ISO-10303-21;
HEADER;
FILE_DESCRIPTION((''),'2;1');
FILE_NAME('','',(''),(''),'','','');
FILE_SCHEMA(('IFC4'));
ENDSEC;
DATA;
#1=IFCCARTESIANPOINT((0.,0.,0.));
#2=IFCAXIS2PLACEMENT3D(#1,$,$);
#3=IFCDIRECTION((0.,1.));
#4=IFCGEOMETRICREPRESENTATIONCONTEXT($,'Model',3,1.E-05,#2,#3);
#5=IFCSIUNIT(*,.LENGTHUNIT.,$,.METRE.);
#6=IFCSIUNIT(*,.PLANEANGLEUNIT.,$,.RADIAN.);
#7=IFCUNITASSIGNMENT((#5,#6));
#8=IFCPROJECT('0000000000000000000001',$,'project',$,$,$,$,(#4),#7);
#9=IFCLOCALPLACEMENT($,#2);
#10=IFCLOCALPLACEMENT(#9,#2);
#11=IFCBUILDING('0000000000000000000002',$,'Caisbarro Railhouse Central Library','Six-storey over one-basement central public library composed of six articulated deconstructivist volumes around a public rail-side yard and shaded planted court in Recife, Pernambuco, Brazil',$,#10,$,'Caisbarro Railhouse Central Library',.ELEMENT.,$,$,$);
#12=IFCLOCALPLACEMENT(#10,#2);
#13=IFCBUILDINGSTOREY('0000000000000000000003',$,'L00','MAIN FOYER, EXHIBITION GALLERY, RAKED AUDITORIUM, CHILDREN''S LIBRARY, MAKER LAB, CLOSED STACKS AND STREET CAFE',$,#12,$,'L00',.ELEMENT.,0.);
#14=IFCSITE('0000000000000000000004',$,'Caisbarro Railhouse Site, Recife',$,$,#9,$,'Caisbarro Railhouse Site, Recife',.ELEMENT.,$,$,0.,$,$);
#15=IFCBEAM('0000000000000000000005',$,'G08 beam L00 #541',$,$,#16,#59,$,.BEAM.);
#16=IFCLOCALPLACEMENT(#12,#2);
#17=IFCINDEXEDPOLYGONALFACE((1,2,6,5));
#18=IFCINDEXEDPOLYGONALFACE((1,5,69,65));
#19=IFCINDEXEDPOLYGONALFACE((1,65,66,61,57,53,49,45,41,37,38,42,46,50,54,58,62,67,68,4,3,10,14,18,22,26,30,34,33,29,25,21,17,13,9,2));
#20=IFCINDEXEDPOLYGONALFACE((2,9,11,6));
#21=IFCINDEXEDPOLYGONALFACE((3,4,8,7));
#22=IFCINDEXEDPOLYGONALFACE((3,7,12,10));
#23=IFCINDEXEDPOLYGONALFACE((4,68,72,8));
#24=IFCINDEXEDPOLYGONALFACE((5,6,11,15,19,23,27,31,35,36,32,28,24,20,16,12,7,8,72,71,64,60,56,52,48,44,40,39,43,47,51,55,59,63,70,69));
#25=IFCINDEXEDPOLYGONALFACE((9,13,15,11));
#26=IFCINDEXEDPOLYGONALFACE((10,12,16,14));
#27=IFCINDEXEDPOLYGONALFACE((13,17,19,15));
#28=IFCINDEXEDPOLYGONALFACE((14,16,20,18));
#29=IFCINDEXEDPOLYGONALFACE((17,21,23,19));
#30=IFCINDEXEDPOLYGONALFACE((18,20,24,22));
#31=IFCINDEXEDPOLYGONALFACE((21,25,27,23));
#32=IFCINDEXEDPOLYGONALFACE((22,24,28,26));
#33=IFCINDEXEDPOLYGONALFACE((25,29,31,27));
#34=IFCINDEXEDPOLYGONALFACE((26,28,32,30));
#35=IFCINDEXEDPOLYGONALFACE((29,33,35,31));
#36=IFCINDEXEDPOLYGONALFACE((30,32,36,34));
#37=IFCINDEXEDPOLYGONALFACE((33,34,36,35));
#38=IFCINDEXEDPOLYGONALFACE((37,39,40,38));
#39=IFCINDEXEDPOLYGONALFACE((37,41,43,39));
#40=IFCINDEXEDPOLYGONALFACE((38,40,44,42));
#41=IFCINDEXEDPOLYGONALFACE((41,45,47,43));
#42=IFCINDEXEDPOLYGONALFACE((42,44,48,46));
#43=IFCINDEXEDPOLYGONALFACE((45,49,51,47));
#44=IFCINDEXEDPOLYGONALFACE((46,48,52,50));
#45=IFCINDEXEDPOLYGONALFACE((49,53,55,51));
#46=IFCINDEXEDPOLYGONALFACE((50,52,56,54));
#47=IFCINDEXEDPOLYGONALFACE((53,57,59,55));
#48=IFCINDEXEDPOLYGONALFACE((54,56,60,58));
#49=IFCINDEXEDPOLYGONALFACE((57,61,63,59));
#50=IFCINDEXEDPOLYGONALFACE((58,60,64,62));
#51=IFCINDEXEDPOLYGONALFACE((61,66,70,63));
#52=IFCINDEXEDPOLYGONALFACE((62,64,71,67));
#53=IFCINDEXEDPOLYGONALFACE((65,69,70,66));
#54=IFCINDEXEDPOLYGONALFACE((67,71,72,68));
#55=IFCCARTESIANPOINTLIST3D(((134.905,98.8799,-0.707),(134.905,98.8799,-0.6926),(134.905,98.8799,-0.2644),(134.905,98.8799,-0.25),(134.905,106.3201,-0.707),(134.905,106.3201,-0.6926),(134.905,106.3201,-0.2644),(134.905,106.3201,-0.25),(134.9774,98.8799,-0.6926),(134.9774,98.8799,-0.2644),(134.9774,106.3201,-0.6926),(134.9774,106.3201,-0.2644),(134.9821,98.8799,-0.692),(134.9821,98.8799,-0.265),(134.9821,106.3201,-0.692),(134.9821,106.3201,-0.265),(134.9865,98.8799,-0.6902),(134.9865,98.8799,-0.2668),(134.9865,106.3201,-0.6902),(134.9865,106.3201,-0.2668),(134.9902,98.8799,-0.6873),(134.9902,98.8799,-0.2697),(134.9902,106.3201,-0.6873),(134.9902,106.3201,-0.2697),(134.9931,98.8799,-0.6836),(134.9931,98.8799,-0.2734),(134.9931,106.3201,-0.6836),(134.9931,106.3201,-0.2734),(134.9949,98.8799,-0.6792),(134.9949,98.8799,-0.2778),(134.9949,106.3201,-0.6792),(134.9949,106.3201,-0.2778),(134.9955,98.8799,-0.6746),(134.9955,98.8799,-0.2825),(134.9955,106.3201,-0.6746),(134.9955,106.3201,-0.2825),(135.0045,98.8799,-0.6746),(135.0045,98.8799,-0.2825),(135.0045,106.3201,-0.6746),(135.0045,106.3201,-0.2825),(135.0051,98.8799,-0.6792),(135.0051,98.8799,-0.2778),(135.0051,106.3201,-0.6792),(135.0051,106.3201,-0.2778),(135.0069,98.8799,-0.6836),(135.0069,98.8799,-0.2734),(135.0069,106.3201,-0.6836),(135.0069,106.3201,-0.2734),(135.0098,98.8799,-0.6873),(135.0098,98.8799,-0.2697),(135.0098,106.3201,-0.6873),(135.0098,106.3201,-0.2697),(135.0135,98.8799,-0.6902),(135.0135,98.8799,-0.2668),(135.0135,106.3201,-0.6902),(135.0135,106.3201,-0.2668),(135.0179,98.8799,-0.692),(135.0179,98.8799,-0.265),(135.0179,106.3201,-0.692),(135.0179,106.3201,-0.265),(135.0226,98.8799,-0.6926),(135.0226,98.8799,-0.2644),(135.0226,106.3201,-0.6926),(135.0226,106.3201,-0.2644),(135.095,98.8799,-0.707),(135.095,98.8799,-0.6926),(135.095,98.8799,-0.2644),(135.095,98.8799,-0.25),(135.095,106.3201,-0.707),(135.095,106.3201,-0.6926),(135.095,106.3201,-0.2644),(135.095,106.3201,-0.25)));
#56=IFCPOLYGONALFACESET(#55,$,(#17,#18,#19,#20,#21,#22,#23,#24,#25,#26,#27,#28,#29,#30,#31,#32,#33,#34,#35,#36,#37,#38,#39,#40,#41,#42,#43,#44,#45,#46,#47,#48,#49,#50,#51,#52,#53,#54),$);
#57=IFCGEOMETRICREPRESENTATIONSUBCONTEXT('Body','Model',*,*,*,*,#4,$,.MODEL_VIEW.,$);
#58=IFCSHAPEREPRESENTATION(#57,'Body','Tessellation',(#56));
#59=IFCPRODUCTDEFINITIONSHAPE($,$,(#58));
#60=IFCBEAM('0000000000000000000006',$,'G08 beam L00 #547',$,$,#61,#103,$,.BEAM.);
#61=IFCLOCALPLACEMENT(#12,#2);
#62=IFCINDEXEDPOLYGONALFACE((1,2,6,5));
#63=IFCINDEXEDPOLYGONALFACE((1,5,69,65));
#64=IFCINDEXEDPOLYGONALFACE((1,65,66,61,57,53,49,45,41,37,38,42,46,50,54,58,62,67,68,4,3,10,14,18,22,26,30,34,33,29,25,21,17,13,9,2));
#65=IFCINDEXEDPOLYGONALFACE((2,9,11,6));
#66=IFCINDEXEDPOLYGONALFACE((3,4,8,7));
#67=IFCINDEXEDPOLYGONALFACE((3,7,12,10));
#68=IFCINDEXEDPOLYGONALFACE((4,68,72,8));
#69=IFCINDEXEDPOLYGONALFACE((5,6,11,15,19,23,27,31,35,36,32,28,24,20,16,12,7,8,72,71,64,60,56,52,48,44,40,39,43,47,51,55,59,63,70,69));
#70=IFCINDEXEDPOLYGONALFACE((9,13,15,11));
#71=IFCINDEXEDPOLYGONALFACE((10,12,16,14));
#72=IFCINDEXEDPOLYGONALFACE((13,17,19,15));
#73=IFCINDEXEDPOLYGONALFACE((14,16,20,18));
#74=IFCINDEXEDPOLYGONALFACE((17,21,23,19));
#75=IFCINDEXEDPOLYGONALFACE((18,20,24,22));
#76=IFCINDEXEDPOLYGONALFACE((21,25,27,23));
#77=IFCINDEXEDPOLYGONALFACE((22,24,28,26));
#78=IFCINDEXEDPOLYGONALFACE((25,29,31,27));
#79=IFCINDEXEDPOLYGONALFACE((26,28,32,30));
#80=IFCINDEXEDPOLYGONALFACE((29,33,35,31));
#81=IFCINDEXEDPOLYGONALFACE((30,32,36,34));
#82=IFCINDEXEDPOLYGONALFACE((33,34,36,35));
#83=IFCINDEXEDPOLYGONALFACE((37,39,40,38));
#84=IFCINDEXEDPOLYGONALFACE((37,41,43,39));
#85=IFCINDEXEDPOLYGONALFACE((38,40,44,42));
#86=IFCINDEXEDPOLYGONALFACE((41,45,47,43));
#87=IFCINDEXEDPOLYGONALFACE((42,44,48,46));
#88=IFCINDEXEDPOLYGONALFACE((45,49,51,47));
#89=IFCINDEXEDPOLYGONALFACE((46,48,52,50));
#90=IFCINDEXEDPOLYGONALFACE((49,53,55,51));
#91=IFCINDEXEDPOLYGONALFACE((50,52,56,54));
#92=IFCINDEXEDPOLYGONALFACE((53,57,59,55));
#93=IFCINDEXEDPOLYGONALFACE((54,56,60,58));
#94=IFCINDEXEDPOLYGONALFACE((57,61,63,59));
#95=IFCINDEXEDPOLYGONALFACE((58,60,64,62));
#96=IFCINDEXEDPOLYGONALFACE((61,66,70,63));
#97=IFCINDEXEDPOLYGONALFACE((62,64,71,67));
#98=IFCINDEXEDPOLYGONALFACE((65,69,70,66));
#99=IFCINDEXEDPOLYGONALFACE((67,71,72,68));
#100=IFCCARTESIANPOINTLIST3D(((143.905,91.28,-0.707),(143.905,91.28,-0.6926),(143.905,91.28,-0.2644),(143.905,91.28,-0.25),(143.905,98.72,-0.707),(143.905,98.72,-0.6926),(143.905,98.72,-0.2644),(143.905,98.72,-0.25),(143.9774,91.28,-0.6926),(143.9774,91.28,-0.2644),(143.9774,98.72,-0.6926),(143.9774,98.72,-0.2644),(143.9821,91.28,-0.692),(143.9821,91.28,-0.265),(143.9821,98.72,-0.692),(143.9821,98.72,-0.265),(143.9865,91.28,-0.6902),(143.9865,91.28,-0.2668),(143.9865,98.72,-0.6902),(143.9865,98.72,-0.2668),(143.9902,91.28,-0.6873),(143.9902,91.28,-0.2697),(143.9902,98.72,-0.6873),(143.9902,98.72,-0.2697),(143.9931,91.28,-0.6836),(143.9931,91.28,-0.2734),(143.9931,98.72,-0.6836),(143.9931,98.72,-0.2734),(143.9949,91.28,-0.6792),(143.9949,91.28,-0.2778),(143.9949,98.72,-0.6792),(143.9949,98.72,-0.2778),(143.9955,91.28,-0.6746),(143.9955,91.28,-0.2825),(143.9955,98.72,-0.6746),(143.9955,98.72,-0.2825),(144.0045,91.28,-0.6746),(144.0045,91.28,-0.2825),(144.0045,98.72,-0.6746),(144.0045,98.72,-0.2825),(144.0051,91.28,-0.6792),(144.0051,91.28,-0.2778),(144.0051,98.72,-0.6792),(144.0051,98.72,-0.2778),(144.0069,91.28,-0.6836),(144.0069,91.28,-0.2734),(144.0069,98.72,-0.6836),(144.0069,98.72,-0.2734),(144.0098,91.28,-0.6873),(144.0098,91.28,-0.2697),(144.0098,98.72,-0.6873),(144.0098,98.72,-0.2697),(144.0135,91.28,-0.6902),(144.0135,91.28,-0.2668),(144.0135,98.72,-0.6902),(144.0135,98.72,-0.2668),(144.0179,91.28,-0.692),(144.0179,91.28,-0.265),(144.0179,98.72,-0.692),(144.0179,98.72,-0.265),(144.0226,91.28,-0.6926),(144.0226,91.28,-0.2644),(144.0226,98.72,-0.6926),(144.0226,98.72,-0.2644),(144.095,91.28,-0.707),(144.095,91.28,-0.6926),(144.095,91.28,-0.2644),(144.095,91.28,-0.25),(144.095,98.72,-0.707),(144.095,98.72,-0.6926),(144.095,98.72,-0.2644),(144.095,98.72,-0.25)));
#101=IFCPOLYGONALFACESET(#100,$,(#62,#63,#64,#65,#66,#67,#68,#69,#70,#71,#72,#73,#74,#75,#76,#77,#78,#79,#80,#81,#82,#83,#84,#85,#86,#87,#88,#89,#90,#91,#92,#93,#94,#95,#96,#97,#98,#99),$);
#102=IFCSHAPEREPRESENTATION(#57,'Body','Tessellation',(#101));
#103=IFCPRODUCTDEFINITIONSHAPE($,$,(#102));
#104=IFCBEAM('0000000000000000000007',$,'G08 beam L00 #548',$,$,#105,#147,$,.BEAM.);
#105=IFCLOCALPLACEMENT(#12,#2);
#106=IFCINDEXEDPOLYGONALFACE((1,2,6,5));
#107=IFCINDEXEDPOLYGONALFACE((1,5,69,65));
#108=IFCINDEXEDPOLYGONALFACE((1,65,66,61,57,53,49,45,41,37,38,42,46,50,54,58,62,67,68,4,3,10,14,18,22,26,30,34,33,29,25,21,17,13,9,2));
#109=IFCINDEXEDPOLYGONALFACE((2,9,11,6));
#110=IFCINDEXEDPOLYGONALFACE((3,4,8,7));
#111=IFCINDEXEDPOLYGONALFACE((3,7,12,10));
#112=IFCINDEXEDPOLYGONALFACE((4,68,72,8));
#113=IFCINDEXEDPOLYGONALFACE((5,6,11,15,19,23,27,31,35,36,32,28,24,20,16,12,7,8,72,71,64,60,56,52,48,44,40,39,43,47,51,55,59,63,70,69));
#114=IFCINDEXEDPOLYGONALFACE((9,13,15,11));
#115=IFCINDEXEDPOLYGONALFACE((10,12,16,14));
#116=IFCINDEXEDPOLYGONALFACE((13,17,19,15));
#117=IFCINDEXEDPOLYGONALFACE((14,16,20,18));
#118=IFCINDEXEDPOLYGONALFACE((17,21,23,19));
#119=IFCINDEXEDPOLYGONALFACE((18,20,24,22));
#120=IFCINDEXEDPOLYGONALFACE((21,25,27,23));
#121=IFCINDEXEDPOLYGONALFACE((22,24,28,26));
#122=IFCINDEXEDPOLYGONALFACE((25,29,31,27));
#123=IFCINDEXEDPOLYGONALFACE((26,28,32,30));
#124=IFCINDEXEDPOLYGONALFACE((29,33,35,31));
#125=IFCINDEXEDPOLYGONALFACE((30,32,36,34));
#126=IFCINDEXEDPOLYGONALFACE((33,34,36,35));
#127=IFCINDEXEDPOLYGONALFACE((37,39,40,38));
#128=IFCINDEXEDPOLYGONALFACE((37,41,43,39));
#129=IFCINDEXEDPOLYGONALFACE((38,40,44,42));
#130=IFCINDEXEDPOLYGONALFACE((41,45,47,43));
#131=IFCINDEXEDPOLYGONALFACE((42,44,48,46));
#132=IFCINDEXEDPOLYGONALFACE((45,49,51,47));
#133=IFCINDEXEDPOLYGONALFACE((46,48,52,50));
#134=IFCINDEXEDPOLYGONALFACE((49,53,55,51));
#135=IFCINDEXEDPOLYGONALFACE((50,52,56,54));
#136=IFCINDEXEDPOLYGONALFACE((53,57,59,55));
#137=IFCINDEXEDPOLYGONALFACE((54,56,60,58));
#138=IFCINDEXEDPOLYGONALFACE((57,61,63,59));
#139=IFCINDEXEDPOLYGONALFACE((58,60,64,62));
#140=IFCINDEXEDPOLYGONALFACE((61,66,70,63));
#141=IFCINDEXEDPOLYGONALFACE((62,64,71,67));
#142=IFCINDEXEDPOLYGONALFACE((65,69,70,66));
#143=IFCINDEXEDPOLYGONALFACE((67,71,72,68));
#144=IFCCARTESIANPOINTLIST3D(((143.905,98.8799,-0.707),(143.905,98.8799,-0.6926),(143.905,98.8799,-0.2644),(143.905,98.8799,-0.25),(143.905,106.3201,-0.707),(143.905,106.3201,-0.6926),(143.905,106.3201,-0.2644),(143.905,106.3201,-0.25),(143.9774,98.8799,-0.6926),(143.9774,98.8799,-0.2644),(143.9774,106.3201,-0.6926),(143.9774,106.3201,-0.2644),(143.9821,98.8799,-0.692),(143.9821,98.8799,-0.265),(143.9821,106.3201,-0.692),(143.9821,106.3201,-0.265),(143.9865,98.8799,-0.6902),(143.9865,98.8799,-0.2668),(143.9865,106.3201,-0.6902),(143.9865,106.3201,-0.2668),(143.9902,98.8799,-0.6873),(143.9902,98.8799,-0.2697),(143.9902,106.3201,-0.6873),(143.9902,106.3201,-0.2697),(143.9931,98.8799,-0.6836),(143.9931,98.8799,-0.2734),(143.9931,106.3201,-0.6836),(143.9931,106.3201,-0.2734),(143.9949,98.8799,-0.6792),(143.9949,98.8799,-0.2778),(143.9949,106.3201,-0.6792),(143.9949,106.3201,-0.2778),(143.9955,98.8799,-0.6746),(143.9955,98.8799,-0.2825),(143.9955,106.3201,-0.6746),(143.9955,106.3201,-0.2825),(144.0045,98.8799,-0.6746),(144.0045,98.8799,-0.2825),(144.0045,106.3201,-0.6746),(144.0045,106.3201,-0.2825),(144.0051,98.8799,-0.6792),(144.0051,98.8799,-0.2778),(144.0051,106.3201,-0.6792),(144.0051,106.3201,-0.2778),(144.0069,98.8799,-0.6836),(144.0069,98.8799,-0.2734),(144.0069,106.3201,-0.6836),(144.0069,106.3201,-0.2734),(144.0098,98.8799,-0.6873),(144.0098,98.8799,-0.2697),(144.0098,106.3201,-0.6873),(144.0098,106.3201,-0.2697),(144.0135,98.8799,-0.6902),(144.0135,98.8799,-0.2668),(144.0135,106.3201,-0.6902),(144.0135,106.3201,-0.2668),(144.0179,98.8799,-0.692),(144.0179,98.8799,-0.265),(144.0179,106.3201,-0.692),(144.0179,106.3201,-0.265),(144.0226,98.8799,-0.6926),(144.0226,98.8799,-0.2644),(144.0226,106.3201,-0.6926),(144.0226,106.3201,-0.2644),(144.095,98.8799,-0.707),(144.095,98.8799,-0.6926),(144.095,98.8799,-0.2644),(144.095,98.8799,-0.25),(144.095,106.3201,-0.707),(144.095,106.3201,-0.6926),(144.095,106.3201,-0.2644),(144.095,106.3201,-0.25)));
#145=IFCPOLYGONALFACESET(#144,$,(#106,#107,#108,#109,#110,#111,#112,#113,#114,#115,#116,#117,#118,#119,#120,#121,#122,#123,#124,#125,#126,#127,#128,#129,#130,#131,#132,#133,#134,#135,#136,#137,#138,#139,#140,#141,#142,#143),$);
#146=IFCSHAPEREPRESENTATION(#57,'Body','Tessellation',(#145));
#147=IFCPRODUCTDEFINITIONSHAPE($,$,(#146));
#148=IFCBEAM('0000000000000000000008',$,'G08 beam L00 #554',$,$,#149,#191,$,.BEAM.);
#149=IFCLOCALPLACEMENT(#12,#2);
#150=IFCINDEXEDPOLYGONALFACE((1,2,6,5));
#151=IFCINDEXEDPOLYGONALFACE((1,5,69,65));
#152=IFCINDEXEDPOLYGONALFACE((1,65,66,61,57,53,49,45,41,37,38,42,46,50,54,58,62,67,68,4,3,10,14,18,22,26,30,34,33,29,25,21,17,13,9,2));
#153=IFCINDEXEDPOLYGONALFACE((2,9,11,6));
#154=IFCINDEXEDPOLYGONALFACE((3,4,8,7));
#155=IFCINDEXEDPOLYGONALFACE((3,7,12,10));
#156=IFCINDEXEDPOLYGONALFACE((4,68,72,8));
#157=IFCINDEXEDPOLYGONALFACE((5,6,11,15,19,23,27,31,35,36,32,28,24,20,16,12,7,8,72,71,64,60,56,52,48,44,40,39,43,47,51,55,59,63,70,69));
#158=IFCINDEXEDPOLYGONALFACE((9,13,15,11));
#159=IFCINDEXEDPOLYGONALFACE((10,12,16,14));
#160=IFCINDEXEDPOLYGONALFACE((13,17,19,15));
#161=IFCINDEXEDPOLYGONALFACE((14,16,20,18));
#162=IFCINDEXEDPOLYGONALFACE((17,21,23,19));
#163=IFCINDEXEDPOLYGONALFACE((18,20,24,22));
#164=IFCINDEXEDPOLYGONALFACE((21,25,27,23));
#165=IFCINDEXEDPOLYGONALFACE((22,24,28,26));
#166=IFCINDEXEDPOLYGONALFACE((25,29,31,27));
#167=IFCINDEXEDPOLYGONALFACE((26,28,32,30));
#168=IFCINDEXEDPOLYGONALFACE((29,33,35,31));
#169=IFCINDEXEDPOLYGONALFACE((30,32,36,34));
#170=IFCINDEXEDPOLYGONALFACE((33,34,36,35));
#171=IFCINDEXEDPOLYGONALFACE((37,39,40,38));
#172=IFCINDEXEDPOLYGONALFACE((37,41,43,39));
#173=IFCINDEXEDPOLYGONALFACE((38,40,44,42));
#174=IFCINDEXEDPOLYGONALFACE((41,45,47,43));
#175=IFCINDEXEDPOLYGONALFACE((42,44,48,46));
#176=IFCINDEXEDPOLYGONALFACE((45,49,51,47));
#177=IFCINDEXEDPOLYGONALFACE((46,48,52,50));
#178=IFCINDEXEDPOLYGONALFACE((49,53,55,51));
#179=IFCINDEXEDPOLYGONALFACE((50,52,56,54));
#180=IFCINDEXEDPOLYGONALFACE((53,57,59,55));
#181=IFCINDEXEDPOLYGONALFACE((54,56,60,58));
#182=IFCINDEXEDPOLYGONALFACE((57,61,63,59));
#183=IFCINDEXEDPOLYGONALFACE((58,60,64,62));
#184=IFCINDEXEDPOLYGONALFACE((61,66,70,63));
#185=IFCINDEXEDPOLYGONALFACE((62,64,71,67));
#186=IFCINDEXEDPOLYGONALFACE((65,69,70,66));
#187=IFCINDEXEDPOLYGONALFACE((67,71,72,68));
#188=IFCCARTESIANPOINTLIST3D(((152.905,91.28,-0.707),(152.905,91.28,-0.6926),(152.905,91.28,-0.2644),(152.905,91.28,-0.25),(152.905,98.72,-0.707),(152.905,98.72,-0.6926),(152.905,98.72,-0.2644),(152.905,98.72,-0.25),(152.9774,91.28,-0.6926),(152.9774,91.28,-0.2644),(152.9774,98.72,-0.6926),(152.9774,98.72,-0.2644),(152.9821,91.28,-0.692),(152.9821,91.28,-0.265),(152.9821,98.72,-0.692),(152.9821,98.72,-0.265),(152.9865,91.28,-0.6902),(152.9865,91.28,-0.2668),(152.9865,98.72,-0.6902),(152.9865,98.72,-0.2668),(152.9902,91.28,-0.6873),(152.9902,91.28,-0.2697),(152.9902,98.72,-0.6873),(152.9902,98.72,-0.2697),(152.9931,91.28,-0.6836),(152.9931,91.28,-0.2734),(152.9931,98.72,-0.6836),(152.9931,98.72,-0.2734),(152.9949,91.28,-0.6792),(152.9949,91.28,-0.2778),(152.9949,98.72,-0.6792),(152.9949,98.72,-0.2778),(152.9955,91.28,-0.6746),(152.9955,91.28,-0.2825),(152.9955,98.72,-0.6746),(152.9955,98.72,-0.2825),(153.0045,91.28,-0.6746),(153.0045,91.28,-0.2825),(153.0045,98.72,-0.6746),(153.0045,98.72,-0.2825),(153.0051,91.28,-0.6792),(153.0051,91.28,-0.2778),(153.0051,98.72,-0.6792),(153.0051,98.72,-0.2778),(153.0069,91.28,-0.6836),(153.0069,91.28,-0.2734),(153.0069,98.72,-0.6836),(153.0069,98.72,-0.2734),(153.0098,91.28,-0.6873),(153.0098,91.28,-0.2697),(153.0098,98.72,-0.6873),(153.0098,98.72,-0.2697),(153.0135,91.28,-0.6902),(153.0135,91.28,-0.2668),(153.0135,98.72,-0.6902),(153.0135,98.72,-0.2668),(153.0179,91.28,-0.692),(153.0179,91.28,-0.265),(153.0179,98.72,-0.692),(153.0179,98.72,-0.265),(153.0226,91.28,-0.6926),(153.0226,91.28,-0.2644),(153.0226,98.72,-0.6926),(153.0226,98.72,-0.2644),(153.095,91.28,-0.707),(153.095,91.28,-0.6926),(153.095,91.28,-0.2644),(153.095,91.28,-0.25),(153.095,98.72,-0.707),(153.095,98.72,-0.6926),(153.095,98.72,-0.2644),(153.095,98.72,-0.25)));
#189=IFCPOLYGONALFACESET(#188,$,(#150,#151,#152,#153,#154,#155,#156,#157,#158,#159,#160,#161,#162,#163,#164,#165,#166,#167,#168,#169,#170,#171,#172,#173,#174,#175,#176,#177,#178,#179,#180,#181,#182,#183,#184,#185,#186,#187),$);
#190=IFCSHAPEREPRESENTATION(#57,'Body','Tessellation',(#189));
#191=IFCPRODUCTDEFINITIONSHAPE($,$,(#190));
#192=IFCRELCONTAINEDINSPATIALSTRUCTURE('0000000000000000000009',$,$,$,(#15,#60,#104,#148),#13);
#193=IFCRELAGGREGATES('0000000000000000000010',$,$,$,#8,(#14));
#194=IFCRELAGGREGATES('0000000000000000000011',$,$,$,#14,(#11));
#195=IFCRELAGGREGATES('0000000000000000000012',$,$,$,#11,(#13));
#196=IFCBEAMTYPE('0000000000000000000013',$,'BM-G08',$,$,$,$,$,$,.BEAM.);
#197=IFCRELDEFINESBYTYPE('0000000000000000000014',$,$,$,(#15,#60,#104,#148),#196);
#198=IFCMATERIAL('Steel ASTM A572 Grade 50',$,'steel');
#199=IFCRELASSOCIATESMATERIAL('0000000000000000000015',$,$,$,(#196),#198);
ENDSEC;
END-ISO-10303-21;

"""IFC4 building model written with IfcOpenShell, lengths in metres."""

from ifc_helpers import new_model, si_unit, direction, frame, origin, origin_2d, place, context, subcontext, project, spatial, i_section, extrude, material, material_profile, profile_set, type_object, element, save


model = new_model("IFC4")

# Units and contexts
model_context = context("Model", 3, precision=1e-05, world=origin(), true_north=direction((0.0, 1.0)))
body_context = subcontext(model_context, "Body", "Model", "MODEL_VIEW")
ifc_project = project(units=[si_unit("LENGTHUNIT", "METRE"), si_unit("PLANEANGLEUNIT", "RADIAN")], contexts=[model_context])

# Site, building, storey
site_placement = place(None, origin())
site = spatial("IfcSite", under=ifc_project, at=site_placement, Name="Caisbarro Railhouse Site, Recife", LongName="Caisbarro Railhouse Site, Recife", CompositionType="ELEMENT", RefElevation=0.0)
building_placement = place(site_placement, origin())
building = spatial("IfcBuilding", under=site, at=building_placement, Name="Caisbarro Railhouse Central Library", Description="Six-storey over one-basement central public library composed of six articulated deconstructivist volumes around a public rail-side yard and shaded planted court in Recife, Pernambuco, Brazil", LongName="Caisbarro Railhouse Central Library", CompositionType="ELEMENT")
storey_placement = place(building_placement, origin())
storey = spatial("IfcBuildingStorey", under=building, at=storey_placement, Name="L00", Description="MAIN FOYER, EXHIBITION GALLERY, RAKED AUDITORIUM, CHILDREN'S LIBRARY, MAKER LAB, CLOSED STACKS AND STREET CAFE", LongName="L00", CompositionType="ELEMENT", Elevation=0.0)

# Shared definitions
ifc_material_1 = material(Name="Steel ASTM A572 Grade 50", Category="steel")

# Beams
ifc_material_profile_1 = material_profile(ifc_material_1, i_section(OverallWidth=0.1899, OverallDepth=0.457, WebThickness=0.009, FlangeThickness=0.0144, FilletRadius=0.0181, at=origin_2d()), Name="W460X74.0")
ifc_profile_set_1 = profile_set([ifc_material_profile_1], Name="Steel ASTM A572 Grade 50")
beam_type_1 = type_object("IfcBeamType", Name="BM-G08", PredefinedType="BEAM", material=ifc_profile_set_1)
beam_1_placement = place(storey_placement, frame((135.0, 98.8799, -0.4785), z_axis=(0.0, 1.0, 0.0), x_axis=(-1.0, 0.0, 0.0)))
element("IfcBeam", 1, at=beam_1_placement, inside=storey, type_object=beam_type_1, Name="G08 beam L00 #541", PredefinedType="BEAM", context=body_context, shape_type="SweptSolid", body=[
    extrude(i_section(OverallWidth=0.1899, OverallDepth=0.457, WebThickness=0.009, FlangeThickness=0.0144, FilletRadius=0.0181, at=origin_2d()), origin(), (0.0, 0.0, 1.0), 7.4402),
])
beam_2_placement = place(storey_placement, frame((144.0, 91.28, -0.4785), z_axis=(0.0, 1.0, 0.0), x_axis=(-1.0, 0.0, 0.0)))
element("IfcBeam", 2, at=beam_2_placement, inside=storey, type_object=beam_type_1, Name="G08 beam L00 #547", PredefinedType="BEAM", context=body_context, shape_type="SweptSolid", body=[
    extrude(i_section(OverallWidth=0.1899, OverallDepth=0.457, WebThickness=0.009, FlangeThickness=0.0144, FilletRadius=0.0181, at=origin_2d()), origin(), (0.0, 0.0, 1.0), 7.4399),
])
beam_3_placement = place(storey_placement, frame((144.0, 98.8799, -0.4785), z_axis=(0.0, 1.0, 0.0), x_axis=(-1.0, 0.0, 0.0)))
element("IfcBeam", 3, at=beam_3_placement, inside=storey, type_object=beam_type_1, Name="G08 beam L00 #548", PredefinedType="BEAM", context=body_context, shape_type="SweptSolid", body=[
    extrude(i_section(OverallWidth=0.1899, OverallDepth=0.457, WebThickness=0.009, FlangeThickness=0.0144, FilletRadius=0.0181, at=origin_2d()), origin(), (0.0, 0.0, 1.0), 7.4402),
])
beam_4_placement = place(storey_placement, frame((153.0, 91.28, -0.4785), z_axis=(0.0, 1.0, 0.0), x_axis=(-1.0, 0.0, 0.0)))
element("IfcBeam", 4, at=beam_4_placement, inside=storey, type_object=beam_type_1, Name="G08 beam L00 #554", PredefinedType="BEAM", context=body_context, shape_type="SweptSolid", body=[
    extrude(i_section(OverallWidth=0.1899, OverallDepth=0.457, WebThickness=0.009, FlangeThickness=0.0144, FilletRadius=0.0181, at=origin_2d()), origin(), (0.0, 0.0, 1.0), 7.4399),
])

save(model, "model.ifc")
